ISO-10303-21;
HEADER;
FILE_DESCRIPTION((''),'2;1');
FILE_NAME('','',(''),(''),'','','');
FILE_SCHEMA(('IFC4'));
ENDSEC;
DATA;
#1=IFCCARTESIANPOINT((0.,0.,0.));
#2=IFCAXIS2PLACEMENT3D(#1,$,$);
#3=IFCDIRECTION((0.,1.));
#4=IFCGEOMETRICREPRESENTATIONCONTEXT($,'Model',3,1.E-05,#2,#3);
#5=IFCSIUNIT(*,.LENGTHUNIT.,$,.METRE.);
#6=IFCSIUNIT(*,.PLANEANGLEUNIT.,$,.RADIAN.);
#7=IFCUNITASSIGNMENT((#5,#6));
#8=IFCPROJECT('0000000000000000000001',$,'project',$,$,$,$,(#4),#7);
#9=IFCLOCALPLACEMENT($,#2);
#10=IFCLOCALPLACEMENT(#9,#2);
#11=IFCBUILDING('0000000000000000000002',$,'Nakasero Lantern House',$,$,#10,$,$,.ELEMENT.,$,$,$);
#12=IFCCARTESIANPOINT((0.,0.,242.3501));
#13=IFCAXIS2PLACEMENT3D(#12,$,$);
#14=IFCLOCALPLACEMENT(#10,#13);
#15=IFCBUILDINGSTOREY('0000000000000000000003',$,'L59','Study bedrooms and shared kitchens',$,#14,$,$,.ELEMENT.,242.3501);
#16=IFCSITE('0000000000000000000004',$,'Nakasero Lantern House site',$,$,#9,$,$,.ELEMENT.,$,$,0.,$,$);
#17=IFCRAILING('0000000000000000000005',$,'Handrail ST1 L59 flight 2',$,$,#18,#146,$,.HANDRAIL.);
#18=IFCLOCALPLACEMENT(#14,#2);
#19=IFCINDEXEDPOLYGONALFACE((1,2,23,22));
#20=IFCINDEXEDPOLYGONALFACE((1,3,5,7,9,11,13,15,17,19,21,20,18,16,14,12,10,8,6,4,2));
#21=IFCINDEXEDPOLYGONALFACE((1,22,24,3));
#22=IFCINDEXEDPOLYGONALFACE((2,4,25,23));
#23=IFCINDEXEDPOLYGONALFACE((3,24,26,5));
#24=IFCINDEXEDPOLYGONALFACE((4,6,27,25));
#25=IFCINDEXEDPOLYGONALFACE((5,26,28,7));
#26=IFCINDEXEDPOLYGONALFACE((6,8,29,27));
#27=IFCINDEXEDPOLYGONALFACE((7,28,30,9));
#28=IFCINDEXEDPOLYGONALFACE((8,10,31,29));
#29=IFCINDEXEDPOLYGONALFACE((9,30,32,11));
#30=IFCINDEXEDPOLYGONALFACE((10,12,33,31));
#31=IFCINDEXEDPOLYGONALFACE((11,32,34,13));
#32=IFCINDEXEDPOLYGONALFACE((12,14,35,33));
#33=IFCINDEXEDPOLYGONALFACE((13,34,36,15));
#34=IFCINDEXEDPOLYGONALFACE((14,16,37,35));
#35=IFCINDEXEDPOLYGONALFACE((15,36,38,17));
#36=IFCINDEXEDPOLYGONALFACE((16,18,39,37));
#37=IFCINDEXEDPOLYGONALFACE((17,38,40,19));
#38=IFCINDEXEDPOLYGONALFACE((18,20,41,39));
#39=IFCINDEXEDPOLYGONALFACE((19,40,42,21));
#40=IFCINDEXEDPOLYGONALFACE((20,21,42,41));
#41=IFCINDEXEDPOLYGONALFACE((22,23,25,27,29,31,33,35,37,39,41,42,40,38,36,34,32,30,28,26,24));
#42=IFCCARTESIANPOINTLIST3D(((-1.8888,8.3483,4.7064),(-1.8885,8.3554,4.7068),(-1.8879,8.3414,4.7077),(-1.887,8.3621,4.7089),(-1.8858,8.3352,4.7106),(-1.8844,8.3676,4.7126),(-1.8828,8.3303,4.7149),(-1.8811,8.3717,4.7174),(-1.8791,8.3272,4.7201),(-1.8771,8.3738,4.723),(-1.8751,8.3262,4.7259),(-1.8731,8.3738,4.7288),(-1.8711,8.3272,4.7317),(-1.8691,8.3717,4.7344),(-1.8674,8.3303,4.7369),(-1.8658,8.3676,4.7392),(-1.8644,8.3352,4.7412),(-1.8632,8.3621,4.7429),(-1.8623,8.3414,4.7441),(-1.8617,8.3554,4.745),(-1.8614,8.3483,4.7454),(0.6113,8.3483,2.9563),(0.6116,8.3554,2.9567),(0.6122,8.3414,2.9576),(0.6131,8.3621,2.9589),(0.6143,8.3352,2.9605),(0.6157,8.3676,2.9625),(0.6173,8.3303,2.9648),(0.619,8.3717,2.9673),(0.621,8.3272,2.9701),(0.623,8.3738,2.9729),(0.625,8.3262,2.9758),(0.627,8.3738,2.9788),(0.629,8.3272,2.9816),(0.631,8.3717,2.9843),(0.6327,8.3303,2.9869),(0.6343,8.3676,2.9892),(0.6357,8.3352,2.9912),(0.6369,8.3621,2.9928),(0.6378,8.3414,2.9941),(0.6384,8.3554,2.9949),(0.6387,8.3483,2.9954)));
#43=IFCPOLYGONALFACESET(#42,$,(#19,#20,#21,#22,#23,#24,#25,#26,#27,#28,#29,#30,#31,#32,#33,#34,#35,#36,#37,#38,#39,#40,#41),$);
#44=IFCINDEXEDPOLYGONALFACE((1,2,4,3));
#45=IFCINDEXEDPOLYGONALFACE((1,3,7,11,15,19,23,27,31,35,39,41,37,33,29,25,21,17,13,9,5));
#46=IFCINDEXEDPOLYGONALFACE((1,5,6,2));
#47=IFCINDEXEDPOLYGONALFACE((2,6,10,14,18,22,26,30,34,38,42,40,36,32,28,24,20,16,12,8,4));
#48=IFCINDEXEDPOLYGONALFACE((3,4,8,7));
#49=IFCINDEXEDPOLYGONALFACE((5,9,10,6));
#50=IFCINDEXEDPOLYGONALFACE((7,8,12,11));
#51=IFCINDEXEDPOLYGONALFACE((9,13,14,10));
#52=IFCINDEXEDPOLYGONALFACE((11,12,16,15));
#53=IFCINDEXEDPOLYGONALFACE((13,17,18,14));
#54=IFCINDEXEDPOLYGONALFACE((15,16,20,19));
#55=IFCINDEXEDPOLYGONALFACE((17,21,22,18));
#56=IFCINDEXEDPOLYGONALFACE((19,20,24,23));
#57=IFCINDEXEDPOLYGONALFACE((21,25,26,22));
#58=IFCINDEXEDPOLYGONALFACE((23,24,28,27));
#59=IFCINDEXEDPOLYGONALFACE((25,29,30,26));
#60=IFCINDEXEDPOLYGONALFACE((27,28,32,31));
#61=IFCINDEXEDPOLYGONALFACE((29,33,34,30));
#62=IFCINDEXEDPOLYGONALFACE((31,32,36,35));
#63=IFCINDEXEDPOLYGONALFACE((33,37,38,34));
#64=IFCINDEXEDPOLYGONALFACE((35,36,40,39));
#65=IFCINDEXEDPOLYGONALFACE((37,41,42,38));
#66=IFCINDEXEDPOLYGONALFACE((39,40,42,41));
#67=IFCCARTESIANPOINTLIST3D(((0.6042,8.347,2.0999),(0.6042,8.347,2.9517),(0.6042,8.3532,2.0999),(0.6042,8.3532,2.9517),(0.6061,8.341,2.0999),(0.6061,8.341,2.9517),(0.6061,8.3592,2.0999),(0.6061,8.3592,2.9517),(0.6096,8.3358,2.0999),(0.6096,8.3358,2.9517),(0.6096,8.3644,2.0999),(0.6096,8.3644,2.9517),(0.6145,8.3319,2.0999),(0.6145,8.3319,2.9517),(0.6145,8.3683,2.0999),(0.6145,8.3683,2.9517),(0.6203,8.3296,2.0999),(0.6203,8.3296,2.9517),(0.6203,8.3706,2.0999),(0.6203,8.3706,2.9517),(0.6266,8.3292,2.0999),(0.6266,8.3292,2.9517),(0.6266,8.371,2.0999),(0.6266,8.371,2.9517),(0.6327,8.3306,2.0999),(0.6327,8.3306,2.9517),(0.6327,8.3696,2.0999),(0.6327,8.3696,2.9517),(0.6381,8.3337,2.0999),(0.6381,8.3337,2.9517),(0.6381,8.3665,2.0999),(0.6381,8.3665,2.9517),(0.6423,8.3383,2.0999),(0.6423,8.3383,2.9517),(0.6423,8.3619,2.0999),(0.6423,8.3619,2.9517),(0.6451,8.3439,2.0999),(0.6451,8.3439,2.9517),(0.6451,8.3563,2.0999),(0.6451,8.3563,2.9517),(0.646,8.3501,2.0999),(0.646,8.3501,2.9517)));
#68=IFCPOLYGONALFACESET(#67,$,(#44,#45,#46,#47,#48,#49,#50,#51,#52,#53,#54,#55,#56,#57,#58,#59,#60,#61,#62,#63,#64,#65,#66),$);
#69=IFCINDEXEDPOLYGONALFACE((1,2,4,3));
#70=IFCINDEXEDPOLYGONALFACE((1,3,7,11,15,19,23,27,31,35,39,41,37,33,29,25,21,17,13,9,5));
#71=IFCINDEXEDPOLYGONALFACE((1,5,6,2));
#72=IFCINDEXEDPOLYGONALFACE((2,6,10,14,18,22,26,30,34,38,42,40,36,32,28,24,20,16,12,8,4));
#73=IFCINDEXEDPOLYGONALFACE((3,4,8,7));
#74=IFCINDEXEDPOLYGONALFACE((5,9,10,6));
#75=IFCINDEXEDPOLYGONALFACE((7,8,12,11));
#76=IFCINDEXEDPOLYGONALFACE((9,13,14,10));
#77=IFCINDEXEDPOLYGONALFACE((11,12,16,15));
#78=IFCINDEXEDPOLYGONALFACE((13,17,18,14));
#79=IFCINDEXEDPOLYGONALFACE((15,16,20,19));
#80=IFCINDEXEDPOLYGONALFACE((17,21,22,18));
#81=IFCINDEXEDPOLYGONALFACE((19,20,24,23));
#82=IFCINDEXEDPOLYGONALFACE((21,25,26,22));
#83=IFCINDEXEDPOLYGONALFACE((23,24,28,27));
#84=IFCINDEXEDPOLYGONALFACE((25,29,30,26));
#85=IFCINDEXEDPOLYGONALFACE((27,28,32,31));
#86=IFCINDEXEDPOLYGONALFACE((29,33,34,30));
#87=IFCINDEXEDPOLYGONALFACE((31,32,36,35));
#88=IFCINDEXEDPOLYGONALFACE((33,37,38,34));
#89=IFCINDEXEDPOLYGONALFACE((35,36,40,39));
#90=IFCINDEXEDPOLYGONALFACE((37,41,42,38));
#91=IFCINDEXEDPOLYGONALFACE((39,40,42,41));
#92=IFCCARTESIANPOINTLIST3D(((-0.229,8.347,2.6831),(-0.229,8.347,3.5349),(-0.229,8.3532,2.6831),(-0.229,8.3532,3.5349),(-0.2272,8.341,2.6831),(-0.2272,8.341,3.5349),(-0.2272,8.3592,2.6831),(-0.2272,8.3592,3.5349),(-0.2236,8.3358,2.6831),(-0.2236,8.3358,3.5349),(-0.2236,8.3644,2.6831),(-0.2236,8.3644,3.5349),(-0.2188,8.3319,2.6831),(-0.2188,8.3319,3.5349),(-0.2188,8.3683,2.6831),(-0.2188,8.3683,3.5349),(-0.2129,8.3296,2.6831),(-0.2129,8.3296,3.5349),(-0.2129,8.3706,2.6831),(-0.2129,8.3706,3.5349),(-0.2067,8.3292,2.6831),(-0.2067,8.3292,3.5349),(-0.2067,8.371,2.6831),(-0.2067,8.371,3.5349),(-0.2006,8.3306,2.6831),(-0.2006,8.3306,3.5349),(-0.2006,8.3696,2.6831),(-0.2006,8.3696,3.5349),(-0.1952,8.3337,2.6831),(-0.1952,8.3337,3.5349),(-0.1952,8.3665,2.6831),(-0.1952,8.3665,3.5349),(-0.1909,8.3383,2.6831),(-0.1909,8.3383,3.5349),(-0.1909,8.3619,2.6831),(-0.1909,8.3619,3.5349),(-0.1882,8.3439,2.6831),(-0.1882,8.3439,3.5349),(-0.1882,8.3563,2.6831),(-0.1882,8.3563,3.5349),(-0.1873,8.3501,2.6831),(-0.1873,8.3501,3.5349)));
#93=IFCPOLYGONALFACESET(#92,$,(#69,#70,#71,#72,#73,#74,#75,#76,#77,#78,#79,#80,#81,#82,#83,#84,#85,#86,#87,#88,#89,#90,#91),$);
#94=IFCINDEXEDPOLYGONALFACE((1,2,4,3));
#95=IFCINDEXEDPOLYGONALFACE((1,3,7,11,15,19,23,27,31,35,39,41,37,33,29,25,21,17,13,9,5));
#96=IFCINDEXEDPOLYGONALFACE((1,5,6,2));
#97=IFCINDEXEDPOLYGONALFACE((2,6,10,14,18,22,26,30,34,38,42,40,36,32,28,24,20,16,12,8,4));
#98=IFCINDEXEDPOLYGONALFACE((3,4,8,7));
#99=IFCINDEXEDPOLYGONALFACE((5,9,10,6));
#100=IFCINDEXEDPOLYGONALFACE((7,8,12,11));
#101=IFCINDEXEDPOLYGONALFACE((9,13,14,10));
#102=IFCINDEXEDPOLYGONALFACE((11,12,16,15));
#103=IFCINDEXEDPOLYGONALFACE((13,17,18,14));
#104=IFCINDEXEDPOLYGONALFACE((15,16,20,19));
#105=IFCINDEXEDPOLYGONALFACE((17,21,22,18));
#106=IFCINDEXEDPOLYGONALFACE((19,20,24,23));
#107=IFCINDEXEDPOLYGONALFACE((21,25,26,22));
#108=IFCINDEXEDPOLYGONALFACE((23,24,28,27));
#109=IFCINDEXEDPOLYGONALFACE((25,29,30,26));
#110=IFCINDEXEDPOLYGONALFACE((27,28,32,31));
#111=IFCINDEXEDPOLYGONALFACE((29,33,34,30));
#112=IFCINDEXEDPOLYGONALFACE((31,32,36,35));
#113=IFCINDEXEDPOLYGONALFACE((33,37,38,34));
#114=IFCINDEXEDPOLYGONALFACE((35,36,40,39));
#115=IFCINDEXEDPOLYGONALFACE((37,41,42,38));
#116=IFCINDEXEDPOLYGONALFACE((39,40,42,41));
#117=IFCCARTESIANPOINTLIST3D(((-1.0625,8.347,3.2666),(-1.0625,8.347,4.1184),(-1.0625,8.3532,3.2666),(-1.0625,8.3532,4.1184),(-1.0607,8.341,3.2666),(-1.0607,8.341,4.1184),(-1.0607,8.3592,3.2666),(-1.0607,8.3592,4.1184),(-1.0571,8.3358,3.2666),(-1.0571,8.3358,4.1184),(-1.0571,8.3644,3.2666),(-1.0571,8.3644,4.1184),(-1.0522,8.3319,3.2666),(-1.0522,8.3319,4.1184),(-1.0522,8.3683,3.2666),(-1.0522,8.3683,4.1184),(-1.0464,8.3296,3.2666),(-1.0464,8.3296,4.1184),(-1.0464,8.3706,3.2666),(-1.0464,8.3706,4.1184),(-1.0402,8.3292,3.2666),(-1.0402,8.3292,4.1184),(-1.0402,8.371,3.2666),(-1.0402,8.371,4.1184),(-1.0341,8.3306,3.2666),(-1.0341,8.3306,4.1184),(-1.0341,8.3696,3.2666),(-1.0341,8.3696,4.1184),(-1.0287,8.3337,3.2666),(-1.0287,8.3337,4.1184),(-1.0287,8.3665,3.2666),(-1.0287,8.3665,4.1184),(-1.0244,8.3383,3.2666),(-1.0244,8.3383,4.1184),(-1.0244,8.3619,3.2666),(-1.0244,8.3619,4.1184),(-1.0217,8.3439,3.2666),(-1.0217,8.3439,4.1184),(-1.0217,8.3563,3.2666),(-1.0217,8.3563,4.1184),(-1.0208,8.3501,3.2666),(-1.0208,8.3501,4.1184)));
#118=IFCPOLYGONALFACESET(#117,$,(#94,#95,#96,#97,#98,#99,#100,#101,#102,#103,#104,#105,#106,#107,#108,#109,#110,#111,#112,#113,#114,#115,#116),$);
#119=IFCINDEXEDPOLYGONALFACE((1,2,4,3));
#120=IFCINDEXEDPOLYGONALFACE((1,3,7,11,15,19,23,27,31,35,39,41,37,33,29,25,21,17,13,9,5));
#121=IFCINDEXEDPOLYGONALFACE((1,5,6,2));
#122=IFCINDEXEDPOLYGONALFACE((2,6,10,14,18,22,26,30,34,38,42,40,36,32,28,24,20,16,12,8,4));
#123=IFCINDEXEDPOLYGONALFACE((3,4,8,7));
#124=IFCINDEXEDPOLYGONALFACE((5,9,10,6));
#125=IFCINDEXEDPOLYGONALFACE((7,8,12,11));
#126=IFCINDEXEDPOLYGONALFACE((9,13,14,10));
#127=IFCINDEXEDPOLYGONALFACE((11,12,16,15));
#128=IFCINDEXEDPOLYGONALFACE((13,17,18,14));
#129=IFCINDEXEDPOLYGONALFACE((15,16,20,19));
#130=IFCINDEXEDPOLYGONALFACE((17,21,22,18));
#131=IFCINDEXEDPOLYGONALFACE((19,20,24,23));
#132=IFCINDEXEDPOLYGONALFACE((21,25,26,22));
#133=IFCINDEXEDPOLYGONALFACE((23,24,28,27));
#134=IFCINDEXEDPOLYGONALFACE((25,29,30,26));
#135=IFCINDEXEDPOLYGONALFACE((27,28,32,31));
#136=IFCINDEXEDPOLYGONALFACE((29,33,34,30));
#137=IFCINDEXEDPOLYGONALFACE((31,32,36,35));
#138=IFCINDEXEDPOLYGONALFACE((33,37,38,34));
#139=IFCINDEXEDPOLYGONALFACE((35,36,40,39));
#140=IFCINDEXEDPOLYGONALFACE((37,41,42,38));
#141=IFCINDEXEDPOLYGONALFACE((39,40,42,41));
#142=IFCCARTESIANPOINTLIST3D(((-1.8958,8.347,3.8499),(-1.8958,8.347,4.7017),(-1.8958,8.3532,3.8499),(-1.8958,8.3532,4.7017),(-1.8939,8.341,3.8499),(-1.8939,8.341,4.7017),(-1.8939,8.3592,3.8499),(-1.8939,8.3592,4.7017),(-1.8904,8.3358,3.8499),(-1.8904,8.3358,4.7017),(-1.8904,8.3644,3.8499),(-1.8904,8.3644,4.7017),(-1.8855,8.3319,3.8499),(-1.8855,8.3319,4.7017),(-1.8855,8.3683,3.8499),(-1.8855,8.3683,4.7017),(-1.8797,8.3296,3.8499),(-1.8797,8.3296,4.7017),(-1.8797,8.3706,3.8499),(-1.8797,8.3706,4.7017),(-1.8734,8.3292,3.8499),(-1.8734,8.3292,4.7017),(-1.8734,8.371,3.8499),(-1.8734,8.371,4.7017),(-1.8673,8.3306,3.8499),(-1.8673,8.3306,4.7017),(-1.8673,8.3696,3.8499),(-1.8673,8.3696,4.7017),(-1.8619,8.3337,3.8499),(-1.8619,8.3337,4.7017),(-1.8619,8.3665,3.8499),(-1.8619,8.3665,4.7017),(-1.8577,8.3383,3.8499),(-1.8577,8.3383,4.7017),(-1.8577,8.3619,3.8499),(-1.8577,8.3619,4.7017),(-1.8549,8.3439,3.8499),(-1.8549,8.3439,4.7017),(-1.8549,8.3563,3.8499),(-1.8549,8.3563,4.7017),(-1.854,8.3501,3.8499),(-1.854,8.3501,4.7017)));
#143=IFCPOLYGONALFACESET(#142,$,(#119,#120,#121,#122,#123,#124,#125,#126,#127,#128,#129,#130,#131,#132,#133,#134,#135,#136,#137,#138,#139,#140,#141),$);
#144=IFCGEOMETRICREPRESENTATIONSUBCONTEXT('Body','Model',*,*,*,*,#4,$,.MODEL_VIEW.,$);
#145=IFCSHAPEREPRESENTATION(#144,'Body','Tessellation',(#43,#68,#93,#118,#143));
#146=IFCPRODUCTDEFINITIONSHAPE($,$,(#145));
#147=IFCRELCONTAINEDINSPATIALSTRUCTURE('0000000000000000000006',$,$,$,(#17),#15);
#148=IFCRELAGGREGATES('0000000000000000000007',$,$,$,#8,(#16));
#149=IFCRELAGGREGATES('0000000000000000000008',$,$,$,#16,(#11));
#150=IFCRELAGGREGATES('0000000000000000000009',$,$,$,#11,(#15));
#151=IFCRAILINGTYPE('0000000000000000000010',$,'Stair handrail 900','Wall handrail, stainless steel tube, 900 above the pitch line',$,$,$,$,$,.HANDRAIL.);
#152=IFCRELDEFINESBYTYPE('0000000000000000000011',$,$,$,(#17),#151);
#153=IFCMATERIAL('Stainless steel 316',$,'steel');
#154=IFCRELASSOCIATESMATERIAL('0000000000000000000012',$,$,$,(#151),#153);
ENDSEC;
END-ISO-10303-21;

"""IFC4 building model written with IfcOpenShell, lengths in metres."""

from ifc_helpers import new_model, si_unit, direction, frame, origin, origin_2d, place, context, subcontext, project, spatial, circle, extrude, material, type_object, element, save


model = new_model("IFC4")

# Units and contexts
model_context = context("Model", 3, precision=1e-05, world=origin(), true_north=direction((0.0, 1.0)))
body_context = subcontext(model_context, "Body", "Model", "MODEL_VIEW")
ifc_project = project(units=[si_unit("LENGTHUNIT", "METRE"), si_unit("PLANEANGLEUNIT", "RADIAN")], contexts=[model_context])

# Site, building, storey
site_placement = place(None, origin())
site = spatial("IfcSite", under=ifc_project, at=site_placement, Name="Nakasero Lantern House site", CompositionType="ELEMENT", RefElevation=0.0)
building_placement = place(site_placement, origin())
building = spatial("IfcBuilding", under=site, at=building_placement, Name="Nakasero Lantern House", CompositionType="ELEMENT")
storey_placement = place(building_placement, frame((0.0, 0.0, 242.3501)))
storey = spatial("IfcBuildingStorey", under=building, at=storey_placement, Name="L59", Description="Study bedrooms and shared kitchens", CompositionType="ELEMENT", Elevation=242.3501)

# Railing
ifc_material_1 = material(Name="Stainless steel 316", Category="steel")
railing_type = type_object("IfcRailingType", Name="Stair handrail 900", Description="Wall handrail, stainless steel tube, 900 above the pitch line", PredefinedType="HANDRAIL", material=ifc_material_1)
railing_placement = place(storey_placement, frame((0.625, 8.3501, 2.0999)))
element("IfcRailing", 1, at=railing_placement, inside=storey, type_object=railing_type, Name="Handrail ST1 L59 flight 2", PredefinedType="HANDRAIL", context=body_context, shape_type="SweptSolid", body=[
    extrude(circle(Radius=0.0239, at=origin_2d()), frame((0.0, 0.0, 0.876), z_axis=(-0.819232, 0.0, 0.573462), x_axis=(0.0, -1.0, 0.0)), (0.0, 0.0, 1.0), 3.0518),
    extrude(circle(Radius=0.021, at=origin_2d()), origin(), (0.0, 0.0, 1.0), 0.8518),
    extrude(circle(Radius=0.021, at=origin_2d()), frame((-0.8333, 0.0, 0.5833)), (0.0, 0.0, 1.0), 0.8518),
    extrude(circle(Radius=0.021, at=origin_2d()), frame((-1.6667, 0.0, 1.1667)), (0.0, 0.0, 1.0), 0.8518),
    extrude(circle(Radius=0.021, at=origin_2d()), frame((-2.5, 0.0, 1.75)), (0.0, 0.0, 1.0), 0.8518),
])

save(model, "model.ifc")
